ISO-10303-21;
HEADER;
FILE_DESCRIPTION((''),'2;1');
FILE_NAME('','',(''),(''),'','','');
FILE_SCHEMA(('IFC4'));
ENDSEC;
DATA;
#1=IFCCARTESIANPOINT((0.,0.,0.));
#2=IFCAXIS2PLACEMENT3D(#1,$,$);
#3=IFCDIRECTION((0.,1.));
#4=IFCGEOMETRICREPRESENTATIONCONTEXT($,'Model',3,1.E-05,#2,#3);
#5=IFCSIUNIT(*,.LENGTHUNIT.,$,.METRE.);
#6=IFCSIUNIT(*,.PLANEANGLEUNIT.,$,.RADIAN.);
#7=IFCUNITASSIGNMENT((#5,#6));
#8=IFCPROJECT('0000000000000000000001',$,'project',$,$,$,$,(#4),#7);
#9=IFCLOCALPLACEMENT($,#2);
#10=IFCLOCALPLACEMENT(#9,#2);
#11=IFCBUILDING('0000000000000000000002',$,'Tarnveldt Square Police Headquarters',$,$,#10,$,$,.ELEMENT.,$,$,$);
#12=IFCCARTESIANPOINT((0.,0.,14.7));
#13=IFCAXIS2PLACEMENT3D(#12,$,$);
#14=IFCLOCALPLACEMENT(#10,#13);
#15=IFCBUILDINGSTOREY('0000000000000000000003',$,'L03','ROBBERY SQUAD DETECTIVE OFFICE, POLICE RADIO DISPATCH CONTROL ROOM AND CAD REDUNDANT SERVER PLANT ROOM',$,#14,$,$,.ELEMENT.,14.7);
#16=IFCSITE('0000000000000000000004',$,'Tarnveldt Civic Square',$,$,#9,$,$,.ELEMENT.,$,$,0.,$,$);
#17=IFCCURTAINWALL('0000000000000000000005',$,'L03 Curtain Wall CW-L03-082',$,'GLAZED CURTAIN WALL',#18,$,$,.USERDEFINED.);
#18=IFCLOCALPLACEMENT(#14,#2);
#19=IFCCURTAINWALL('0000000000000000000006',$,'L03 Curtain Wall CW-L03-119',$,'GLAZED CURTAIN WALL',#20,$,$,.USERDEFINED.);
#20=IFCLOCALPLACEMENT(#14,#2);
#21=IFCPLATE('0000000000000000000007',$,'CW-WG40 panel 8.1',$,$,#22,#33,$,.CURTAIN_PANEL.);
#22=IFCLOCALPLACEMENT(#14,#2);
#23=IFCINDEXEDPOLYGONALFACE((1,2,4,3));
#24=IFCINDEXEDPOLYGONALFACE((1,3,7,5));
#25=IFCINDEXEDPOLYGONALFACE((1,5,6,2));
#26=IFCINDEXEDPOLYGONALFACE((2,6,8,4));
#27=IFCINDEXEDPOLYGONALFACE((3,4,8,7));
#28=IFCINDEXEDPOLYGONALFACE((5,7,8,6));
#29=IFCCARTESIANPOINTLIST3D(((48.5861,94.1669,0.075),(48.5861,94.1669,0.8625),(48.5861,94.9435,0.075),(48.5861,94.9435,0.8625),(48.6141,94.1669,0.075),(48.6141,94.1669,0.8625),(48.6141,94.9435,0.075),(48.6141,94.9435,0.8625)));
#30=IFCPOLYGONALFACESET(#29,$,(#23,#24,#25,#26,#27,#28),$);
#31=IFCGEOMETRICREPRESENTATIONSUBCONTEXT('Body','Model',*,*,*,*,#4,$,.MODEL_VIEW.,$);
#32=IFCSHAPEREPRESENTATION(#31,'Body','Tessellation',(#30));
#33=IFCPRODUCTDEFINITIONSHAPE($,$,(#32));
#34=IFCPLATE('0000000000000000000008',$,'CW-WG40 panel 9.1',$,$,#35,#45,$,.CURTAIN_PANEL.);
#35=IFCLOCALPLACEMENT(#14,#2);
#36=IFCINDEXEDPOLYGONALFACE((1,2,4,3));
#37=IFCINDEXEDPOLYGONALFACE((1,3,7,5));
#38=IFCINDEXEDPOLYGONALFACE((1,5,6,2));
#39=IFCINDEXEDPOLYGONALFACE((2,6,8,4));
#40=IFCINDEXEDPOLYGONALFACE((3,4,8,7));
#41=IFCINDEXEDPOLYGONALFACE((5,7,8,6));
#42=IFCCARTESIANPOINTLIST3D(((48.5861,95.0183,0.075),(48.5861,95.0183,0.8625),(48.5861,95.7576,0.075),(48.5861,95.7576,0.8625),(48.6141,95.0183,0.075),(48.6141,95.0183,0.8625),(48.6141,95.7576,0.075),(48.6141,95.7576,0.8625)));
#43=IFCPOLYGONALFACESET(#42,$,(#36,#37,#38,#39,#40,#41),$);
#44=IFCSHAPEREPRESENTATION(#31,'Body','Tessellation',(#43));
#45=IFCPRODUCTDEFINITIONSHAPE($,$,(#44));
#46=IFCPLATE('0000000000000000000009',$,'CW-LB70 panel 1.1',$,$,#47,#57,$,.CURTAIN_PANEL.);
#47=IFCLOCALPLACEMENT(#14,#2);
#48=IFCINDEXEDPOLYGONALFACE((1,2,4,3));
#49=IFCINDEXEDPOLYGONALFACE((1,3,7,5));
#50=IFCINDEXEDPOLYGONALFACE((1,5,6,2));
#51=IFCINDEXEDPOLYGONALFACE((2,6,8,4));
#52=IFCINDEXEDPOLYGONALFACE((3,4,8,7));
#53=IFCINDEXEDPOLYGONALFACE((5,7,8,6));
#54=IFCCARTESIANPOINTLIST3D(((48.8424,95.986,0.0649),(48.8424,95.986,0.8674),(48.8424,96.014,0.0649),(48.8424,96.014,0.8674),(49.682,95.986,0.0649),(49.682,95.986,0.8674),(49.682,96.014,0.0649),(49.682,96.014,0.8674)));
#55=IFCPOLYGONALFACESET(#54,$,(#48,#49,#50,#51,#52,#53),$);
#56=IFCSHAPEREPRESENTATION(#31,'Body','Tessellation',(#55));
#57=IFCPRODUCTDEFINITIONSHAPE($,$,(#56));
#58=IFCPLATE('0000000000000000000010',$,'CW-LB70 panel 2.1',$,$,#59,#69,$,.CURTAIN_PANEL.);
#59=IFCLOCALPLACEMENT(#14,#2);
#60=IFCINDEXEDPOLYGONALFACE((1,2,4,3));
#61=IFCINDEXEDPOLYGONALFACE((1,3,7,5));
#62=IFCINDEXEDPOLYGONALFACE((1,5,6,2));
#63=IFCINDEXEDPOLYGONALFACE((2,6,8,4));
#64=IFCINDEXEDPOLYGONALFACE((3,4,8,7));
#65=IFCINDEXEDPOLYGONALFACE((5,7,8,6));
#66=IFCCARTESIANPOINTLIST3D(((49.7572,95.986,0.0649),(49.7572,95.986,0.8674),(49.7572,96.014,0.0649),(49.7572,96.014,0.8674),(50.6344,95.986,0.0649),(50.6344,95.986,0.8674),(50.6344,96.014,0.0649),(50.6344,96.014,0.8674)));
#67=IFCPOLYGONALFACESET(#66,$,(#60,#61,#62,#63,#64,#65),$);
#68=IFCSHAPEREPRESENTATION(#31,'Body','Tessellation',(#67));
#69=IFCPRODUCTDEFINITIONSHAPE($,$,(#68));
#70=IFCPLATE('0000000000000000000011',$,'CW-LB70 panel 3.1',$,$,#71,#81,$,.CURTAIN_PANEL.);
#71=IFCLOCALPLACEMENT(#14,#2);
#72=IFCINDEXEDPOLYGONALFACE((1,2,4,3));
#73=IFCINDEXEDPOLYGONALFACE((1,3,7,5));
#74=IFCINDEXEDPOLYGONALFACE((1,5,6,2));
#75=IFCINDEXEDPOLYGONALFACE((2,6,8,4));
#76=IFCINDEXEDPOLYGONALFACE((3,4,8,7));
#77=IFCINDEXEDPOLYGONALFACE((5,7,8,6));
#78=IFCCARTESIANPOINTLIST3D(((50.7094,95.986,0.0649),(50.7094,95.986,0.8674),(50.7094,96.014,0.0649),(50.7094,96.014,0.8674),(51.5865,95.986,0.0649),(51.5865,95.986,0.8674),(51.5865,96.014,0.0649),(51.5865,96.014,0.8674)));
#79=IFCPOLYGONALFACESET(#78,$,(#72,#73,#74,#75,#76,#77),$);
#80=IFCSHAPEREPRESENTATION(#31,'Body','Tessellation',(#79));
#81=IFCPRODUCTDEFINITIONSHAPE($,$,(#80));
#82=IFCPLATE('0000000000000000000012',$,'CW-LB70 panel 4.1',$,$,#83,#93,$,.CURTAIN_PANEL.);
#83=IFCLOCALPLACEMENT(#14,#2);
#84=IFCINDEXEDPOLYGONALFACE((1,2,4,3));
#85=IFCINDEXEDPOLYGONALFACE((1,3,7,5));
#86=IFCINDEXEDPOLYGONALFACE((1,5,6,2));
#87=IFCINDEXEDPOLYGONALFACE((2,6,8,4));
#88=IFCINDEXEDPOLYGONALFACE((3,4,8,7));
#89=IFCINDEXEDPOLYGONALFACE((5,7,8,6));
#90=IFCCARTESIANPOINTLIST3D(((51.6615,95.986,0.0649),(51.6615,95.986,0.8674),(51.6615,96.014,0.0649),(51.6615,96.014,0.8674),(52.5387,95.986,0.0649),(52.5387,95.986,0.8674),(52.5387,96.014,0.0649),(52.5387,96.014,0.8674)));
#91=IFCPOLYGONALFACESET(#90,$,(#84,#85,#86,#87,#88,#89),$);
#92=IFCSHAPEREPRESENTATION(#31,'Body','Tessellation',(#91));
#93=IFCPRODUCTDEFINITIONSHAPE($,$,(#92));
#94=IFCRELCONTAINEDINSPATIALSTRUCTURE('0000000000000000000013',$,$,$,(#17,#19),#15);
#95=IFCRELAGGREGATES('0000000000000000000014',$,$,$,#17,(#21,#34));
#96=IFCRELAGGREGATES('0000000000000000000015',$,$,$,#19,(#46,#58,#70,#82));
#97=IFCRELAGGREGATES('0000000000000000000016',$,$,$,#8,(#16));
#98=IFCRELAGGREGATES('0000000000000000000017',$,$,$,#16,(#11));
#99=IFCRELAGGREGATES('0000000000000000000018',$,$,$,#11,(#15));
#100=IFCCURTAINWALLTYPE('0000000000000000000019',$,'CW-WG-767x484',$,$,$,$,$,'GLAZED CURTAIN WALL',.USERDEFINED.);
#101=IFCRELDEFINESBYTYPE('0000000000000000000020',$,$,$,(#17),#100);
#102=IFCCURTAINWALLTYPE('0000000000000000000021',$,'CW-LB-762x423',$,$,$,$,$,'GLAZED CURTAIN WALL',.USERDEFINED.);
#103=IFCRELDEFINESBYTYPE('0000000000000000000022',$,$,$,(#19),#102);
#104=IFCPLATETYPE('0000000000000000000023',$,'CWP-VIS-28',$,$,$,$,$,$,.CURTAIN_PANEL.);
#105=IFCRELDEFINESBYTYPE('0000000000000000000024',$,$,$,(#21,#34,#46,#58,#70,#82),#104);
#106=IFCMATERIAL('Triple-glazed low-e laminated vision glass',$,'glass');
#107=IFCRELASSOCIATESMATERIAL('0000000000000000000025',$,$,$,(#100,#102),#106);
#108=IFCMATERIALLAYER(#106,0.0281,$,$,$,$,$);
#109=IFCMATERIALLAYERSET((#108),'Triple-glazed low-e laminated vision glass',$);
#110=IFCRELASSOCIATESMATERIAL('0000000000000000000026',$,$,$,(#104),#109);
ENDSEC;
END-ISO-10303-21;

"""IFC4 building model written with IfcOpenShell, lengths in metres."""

from ifc_helpers import new_model, si_unit, direction, frame, origin, origin_2d, place, context, subcontext, project, spatial, rectangle, extrude, material, layer, layer_set, type_object, element, aggregate, save


model = new_model("IFC4")

# Units and contexts
model_context = context("Model", 3, precision=1e-05, world=origin(), true_north=direction((0.0, 1.0)))
body_context = subcontext(model_context, "Body", "Model", "MODEL_VIEW")
ifc_project = project(units=[si_unit("LENGTHUNIT", "METRE"), si_unit("PLANEANGLEUNIT", "RADIAN")], contexts=[model_context])

# Site, building, storey
site_placement = place(None, origin())
site = spatial("IfcSite", under=ifc_project, at=site_placement, Name="Tarnveldt Civic Square", CompositionType="ELEMENT", RefElevation=0.0)
building_placement = place(site_placement, origin())
building = spatial("IfcBuilding", under=site, at=building_placement, Name="Tarnveldt Square Police Headquarters", CompositionType="ELEMENT")
storey_placement = place(building_placement, frame((0.0, 0.0, 14.7)))
storey = spatial("IfcBuildingStorey", under=building, at=storey_placement, Name="L03", Description="ROBBERY SQUAD DETECTIVE OFFICE, POLICE RADIO DISPATCH CONTROL ROOM AND CAD REDUNDANT SERVER PLANT ROOM", CompositionType="ELEMENT", Elevation=14.7)

# Curtain walls
ifc_material_1 = material(Name="Triple-glazed low-e laminated vision glass", Category="glass")
curtain_wall_type_1 = type_object("IfcCurtainWallType", Name="CW-WG-767x484", ElementType="GLAZED CURTAIN WALL", PredefinedType="USERDEFINED", material=ifc_material_1)
curtain_wall_1_placement = place(storey_placement, origin())
curtain_wall_1 = element("IfcCurtainWall", 1, at=curtain_wall_1_placement, inside=storey, type_object=curtain_wall_type_1, Name="L03 Curtain Wall CW-L03-082", ObjectType="GLAZED CURTAIN WALL", PredefinedType="USERDEFINED")
curtain_wall_type_2 = type_object("IfcCurtainWallType", Name="CW-LB-762x423", ElementType="GLAZED CURTAIN WALL", PredefinedType="USERDEFINED", material=ifc_material_1)
curtain_wall_2_placement = place(storey_placement, origin())
curtain_wall_2 = element("IfcCurtainWall", 2, at=curtain_wall_2_placement, inside=storey, type_object=curtain_wall_type_2, Name="L03 Curtain Wall CW-L03-119", ObjectType="GLAZED CURTAIN WALL", PredefinedType="USERDEFINED")

# Plates
ifc_layer = layer(ifc_material_1, 0.0281)
ifc_layer_set = layer_set([ifc_layer], Name="Triple-glazed low-e laminated vision glass")
plate_type = type_object("IfcPlateType", Name="CWP-VIS-28", PredefinedType="CURTAIN_PANEL", material=ifc_layer_set)
plate_1_placement = place(storey_placement, frame((48.6001, 94.5552, 0.075), z_axis=(0.0, 0.0, 1.0), x_axis=(0.0, 1.0, 0.0)))
plate_1 = element("IfcPlate", 3, at=plate_1_placement, type_object=plate_type, Name="CW-WG40 panel 8.1", PredefinedType="CURTAIN_PANEL", context=body_context, shape_type="SweptSolid", body=[
    extrude(rectangle(XDim=0.7766, YDim=0.0281, at=origin_2d()), origin(), (0.0, 0.0, 1.0), 0.7876),
])
plate_2_placement = place(storey_placement, frame((48.6001, 95.3879, 0.075), z_axis=(0.0, 0.0, 1.0), x_axis=(0.0, 1.0, 0.0)))
plate_2 = element("IfcPlate", 4, at=plate_2_placement, type_object=plate_type, Name="CW-WG40 panel 9.1", PredefinedType="CURTAIN_PANEL", context=body_context, shape_type="SweptSolid", body=[
    extrude(rectangle(XDim=0.7393, YDim=0.0281, at=origin_2d()), origin(), (0.0, 0.0, 1.0), 0.7876),
])
aggregate(curtain_wall_1, [plate_1, plate_2])
plate_3_placement = place(storey_placement, frame((49.2622, 96.0, 0.0649), z_axis=(0.0, 0.0, 1.0), x_axis=(1.0, 0.0, 0.0)))
plate_3 = element("IfcPlate", 5, at=plate_3_placement, type_object=plate_type, Name="CW-LB70 panel 1.1", PredefinedType="CURTAIN_PANEL", context=body_context, shape_type="SweptSolid", body=[
    extrude(rectangle(XDim=0.8396, YDim=0.0281, at=origin_2d()), origin(), (0.0, 0.0, 1.0), 0.8025),
])
plate_4_placement = place(storey_placement, frame((50.1958, 96.0, 0.0649), z_axis=(0.0, 0.0, 1.0), x_axis=(1.0, 0.0, 0.0)))
plate_4 = element("IfcPlate", 6, at=plate_4_placement, type_object=plate_type, Name="CW-LB70 panel 2.1", PredefinedType="CURTAIN_PANEL", context=body_context, shape_type="SweptSolid", body=[
    extrude(rectangle(XDim=0.8772, YDim=0.0281, at=origin_2d()), origin(), (0.0, 0.0, 1.0), 0.8025),
])
plate_5_placement = place(storey_placement, frame((51.1479, 96.0, 0.0649), z_axis=(0.0, 0.0, 1.0), x_axis=(1.0, 0.0, 0.0)))
plate_5 = element("IfcPlate", 7, at=plate_5_placement, type_object=plate_type, Name="CW-LB70 panel 3.1", PredefinedType="CURTAIN_PANEL", context=body_context, shape_type="SweptSolid", body=[
    extrude(rectangle(XDim=0.8772, YDim=0.0281, at=origin_2d()), origin(), (0.0, 0.0, 1.0), 0.8025),
])
plate_6_placement = place(storey_placement, frame((52.1001, 96.0, 0.0649), z_axis=(0.0, 0.0, 1.0), x_axis=(1.0, 0.0, 0.0)))
plate_6 = element("IfcPlate", 8, at=plate_6_placement, type_object=plate_type, Name="CW-LB70 panel 4.1", PredefinedType="CURTAIN_PANEL", context=body_context, shape_type="SweptSolid", body=[
    extrude(rectangle(XDim=0.8772, YDim=0.0281, at=origin_2d()), origin(), (0.0, 0.0, 1.0), 0.8025),
])
aggregate(curtain_wall_2, [plate_3, plate_4, plate_5, plate_6])

save(model, "model.ifc")
